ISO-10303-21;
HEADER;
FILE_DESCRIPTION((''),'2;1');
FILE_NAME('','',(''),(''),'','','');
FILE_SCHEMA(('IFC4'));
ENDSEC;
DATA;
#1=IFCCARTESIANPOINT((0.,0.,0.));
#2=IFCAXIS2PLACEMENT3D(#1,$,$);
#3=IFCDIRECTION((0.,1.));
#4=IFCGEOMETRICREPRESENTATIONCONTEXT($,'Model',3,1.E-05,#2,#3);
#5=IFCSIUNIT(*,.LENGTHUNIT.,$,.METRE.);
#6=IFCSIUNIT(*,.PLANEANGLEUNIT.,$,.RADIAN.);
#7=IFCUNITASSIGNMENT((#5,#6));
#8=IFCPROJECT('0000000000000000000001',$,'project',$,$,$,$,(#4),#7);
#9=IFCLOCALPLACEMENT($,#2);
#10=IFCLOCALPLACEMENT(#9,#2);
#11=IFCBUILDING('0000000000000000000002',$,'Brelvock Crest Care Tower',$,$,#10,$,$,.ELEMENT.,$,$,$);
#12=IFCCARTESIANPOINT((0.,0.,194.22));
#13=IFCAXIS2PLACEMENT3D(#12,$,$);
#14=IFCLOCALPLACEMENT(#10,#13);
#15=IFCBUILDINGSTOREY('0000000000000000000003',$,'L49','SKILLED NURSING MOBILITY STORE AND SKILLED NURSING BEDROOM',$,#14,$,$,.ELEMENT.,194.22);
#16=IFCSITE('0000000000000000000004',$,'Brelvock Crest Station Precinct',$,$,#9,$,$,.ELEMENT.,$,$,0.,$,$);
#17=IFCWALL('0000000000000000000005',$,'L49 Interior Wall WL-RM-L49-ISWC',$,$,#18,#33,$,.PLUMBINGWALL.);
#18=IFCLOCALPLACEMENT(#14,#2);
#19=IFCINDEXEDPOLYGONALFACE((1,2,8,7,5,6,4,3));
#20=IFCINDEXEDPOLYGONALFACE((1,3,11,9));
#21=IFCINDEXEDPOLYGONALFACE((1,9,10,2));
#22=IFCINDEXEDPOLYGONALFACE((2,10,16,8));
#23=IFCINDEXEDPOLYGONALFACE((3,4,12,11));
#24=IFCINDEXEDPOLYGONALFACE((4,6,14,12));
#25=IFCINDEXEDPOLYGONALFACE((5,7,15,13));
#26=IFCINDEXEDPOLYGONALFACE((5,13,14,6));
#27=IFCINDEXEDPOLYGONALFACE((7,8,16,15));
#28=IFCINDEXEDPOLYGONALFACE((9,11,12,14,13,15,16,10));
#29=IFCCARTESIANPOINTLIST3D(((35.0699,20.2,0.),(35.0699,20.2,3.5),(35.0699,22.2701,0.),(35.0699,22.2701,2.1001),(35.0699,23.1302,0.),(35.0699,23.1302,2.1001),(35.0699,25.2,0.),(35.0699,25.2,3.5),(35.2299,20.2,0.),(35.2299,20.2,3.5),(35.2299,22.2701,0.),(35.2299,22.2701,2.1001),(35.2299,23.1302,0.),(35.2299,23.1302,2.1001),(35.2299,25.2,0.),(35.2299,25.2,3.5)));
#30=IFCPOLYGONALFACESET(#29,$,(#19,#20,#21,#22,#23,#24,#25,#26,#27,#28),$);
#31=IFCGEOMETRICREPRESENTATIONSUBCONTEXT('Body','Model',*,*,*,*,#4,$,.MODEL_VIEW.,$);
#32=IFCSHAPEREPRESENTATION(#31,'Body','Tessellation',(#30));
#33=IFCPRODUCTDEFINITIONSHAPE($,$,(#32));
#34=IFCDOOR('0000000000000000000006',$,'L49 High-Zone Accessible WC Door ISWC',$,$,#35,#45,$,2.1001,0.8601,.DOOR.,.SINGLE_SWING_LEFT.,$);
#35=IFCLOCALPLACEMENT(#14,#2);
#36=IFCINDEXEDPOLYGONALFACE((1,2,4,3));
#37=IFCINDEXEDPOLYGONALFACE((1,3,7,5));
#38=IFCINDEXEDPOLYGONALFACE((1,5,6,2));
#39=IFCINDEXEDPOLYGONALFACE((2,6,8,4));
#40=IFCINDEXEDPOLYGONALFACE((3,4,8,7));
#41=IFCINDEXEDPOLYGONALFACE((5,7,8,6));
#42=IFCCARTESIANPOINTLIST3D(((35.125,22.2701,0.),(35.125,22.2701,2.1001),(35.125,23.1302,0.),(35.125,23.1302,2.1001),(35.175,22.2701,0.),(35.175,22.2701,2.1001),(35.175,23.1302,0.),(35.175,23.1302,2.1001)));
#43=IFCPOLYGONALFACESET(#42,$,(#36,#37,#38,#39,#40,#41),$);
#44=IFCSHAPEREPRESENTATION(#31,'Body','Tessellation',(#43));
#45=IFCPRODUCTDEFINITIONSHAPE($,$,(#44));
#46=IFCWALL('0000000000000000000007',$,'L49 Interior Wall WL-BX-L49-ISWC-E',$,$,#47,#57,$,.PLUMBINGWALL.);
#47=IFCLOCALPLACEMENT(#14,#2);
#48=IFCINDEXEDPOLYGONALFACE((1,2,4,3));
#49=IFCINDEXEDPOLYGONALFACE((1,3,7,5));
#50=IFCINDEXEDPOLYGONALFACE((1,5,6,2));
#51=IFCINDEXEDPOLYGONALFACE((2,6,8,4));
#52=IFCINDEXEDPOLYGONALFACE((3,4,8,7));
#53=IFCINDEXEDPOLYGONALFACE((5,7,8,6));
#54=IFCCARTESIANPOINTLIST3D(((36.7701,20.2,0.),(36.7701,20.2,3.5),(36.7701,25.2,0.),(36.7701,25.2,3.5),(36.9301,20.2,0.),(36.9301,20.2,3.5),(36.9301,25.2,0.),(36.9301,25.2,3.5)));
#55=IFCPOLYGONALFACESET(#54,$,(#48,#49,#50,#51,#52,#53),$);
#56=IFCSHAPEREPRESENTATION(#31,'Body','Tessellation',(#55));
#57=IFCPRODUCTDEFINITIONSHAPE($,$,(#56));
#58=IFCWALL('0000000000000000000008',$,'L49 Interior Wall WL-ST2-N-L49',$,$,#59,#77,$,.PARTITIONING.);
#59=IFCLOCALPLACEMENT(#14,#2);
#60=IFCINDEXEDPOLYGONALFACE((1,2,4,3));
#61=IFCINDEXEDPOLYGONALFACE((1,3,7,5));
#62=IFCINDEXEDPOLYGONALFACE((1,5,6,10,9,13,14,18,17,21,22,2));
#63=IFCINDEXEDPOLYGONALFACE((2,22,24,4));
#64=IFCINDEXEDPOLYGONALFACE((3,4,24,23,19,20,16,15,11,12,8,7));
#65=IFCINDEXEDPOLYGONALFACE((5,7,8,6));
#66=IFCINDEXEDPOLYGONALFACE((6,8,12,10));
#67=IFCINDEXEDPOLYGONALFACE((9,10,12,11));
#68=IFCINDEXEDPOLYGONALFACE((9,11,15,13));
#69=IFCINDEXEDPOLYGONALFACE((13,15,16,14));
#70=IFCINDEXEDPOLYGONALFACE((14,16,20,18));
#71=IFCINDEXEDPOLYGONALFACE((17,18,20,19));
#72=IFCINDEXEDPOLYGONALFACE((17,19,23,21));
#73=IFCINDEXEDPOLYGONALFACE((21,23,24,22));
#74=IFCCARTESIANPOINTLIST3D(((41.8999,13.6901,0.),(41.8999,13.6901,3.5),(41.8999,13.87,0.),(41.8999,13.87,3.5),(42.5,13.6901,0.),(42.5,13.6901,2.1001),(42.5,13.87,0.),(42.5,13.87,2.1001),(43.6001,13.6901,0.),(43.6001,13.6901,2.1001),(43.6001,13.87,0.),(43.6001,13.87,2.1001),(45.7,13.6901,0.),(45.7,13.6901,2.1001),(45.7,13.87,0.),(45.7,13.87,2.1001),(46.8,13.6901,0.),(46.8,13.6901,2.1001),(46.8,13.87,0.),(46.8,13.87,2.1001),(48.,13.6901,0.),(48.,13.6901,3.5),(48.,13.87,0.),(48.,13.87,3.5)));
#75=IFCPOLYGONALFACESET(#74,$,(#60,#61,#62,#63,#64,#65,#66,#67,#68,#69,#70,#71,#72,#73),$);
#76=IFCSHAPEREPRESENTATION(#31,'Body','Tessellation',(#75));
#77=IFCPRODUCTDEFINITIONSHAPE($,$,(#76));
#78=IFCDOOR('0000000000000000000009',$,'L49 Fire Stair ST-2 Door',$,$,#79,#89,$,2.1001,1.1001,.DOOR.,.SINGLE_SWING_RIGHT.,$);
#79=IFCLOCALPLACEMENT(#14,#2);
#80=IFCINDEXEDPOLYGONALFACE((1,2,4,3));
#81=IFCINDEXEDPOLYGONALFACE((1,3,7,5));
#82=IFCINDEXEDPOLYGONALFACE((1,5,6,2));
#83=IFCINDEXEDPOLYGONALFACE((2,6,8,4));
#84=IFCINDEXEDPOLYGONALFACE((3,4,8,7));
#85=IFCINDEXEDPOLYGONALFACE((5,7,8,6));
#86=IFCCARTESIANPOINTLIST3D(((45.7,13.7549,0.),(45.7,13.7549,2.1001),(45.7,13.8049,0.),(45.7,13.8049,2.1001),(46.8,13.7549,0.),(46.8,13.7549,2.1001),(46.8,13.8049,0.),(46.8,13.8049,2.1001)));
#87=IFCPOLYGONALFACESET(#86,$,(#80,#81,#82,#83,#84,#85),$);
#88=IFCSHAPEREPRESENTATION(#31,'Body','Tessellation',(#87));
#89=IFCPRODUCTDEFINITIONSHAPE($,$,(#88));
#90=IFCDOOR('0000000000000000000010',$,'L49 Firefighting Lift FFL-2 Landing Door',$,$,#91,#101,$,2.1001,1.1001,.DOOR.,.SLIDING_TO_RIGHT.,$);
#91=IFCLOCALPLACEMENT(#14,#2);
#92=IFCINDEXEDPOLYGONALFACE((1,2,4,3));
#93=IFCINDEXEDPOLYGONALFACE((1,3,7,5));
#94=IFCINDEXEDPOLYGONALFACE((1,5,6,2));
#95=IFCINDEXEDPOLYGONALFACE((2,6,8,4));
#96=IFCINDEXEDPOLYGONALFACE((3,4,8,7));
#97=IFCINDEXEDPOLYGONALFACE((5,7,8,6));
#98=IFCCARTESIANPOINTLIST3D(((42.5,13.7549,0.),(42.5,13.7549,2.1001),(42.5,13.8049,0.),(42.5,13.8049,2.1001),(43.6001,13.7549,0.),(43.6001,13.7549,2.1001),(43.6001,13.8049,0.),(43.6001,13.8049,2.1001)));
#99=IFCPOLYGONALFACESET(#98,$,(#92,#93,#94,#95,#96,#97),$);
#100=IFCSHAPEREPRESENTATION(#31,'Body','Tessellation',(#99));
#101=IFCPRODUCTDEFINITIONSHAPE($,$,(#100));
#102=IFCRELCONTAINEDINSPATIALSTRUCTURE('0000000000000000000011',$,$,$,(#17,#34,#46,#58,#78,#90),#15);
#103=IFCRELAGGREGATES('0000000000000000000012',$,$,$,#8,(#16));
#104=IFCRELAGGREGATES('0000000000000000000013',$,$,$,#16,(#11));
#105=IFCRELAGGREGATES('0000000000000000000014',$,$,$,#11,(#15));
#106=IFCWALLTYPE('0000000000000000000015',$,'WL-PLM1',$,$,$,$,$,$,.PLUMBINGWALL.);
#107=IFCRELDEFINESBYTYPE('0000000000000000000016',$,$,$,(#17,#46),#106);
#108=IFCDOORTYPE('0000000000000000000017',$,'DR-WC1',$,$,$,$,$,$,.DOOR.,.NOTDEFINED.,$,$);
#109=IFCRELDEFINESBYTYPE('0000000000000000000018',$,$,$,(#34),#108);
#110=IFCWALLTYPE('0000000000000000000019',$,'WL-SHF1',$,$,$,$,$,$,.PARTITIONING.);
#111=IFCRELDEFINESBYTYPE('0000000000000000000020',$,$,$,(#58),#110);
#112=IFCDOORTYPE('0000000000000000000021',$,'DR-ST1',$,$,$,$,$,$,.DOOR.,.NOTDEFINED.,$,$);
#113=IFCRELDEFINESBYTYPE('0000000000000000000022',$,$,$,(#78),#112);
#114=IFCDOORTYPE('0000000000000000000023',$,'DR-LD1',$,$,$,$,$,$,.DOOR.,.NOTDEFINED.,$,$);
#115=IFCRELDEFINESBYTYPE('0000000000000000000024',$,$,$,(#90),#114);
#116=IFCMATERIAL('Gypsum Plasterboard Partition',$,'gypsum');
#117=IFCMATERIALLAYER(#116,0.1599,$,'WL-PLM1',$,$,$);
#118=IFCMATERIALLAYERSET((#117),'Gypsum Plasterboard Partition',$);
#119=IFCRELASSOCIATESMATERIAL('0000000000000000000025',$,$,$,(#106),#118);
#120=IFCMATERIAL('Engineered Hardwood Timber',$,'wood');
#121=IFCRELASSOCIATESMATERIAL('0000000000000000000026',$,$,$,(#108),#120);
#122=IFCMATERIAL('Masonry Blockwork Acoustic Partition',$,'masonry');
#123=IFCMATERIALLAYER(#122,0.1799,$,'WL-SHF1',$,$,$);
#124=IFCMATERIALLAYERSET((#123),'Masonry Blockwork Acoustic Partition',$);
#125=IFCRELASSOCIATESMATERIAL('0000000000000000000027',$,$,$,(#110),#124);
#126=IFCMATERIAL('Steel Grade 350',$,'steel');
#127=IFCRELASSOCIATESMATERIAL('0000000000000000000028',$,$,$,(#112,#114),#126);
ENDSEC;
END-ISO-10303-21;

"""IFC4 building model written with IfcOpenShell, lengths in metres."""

from ifc_helpers import new_model, si_unit, direction, frame, frame_2d, origin, origin_2d, place, context, subcontext, project, spatial, rectangle, extrude, source, transform, mapped, material, layer, layer_set, type_object, element, fill, save


model = new_model("IFC4")

# Units and contexts
model_context = context("Model", 3, precision=1e-05, world=origin(), true_north=direction((0.0, 1.0)))
body_context = subcontext(model_context, "Body", "Model", "MODEL_VIEW")
ifc_project = project(units=[si_unit("LENGTHUNIT", "METRE"), si_unit("PLANEANGLEUNIT", "RADIAN")], contexts=[model_context])

# Site, building, storey
site_placement = place(None, origin())
site = spatial("IfcSite", under=ifc_project, at=site_placement, Name="Brelvock Crest Station Precinct", CompositionType="ELEMENT", RefElevation=0.0)
building_placement = place(site_placement, origin())
building = spatial("IfcBuilding", under=site, at=building_placement, Name="Brelvock Crest Care Tower", CompositionType="ELEMENT")
storey_placement = place(building_placement, frame((0.0, 0.0, 194.22)))
storey = spatial("IfcBuildingStorey", under=building, at=storey_placement, Name="L49", Description="SKILLED NURSING MOBILITY STORE AND SKILLED NURSING BEDROOM", CompositionType="ELEMENT", Elevation=194.22)

# Shared definitions
ifc_material_1 = material(Name="Steel Grade 350", Category="steel")

# Shared definitions
ifc_material_2 = material(Name="Masonry Blockwork Acoustic Partition", Category="masonry")

# Shared definitions
ifc_material_3 = material(Name="Engineered Hardwood Timber", Category="wood")

# Shared definitions
ifc_material_4 = material(Name="Gypsum Plasterboard Partition", Category="gypsum")
ifc_layer_1 = layer(ifc_material_4, 0.1599, Name="WL-PLM1")
ifc_layer_set_1 = layer_set([ifc_layer_1], Name="Gypsum Plasterboard Partition")
wall_type_1 = type_object("IfcWallType", Name="WL-PLM1", PredefinedType="PLUMBINGWALL", material=ifc_layer_set_1)

# Wall, opening, door
wall_1_placement = place(storey_placement, frame((35.1499, 20.2, 0.0), z_axis=(0.0, 0.0, 1.0), x_axis=(0.0, 1.0, 0.0)))
wall_1 = element("IfcWall", 1, at=wall_1_placement, inside=storey, type_object=wall_type_1, Name="L49 Interior Wall WL-RM-L49-ISWC", PredefinedType="PLUMBINGWALL", context=body_context, shape_type="SweptSolid", body=[
    extrude(rectangle(XDim=5.0, YDim=0.1599, at=frame_2d((2.5, 0.0))), origin(), (0.0, 0.0, 1.0), 3.5),
])
opening_1_placement = place(wall_1_placement, frame((2.0701, 0.0, 0.0)))
opening_1 = element("IfcOpeningElement", 2, at=opening_1_placement, cuts=wall_1, PredefinedType="OPENING", context=body_context, shape_type="SweptSolid", body=[
    extrude(rectangle(XDim=0.8601, YDim=2.1001, at=origin_2d()), frame((0.4302, 0.0898, 1.05), z_axis=(0.0, -1.0, 0.0), x_axis=(1.0, 0.0, 0.0)), (0.0, 0.0, 1.0), 0.1799),
])
door_type_1 = type_object("IfcDoorType", Name="DR-WC1", OperationType="NOTDEFINED", PredefinedType="DOOR", material=ifc_material_3)
shared_shape_1 = source(origin(), body_context, "Body", "SweptSolid", [
    extrude(rectangle(XDim=0.8601, YDim=2.1001, at=origin_2d()), frame((0.4302, 0.0249, 1.05), z_axis=(0.0, -1.0, 0.0), x_axis=(1.0, 0.0, 0.0)), (0.0, 0.0, 1.0), 0.05),
])
door_1_placement = place(opening_1_placement, origin())
door_1 = element("IfcDoor", 3, at=door_1_placement, inside=storey, type_object=door_type_1, Name="L49 High-Zone Accessible WC Door ISWC", OperationType="SINGLE_SWING_LEFT", OverallHeight=2.1001, OverallWidth=0.8601, PredefinedType="DOOR", context=body_context, shape_type="MappedRepresentation", body=[
    mapped(shared_shape_1, transform((0.0, 0.0, 0.0), x_axis=(1.0, 0.0, 0.0), y_axis=(0.0, 1.0, 0.0), z_axis=(0.0, 0.0, 1.0), scale=1.0)),
])
fill(opening_1, door_1)

# Wall
wall_2_placement = place(storey_placement, frame((36.8501, 20.2, 0.0), z_axis=(0.0, 0.0, 1.0), x_axis=(0.0, 1.0, 0.0)))
element("IfcWall", 4, at=wall_2_placement, inside=storey, type_object=wall_type_1, Name="L49 Interior Wall WL-BX-L49-ISWC-E", PredefinedType="PLUMBINGWALL", context=body_context, shape_type="SweptSolid", body=[
    extrude(rectangle(XDim=5.0, YDim=0.1599, at=frame_2d((2.5, 0.0))), origin(), (0.0, 0.0, 1.0), 3.5),
])

# Wall, openings, doors
ifc_layer_2 = layer(ifc_material_2, 0.1799, Name="WL-SHF1")
ifc_layer_set_2 = layer_set([ifc_layer_2], Name="Masonry Blockwork Acoustic Partition")
wall_type_2 = type_object("IfcWallType", Name="WL-SHF1", PredefinedType="PARTITIONING", material=ifc_layer_set_2)
wall_3_placement = place(storey_placement, frame((41.8999, 13.78, 0.0), z_axis=(0.0, 0.0, 1.0), x_axis=(1.0, 0.0, 0.0)))
wall_3 = element("IfcWall", 5, at=wall_3_placement, inside=storey, type_object=wall_type_2, Name="L49 Interior Wall WL-ST2-N-L49", PredefinedType="PARTITIONING", context=body_context, shape_type="SweptSolid", body=[
    extrude(rectangle(XDim=6.1001, YDim=0.1799, at=frame_2d((3.05, 0.0))), origin(), (0.0, 0.0, 1.0), 3.5),
])
opening_2_placement = place(wall_3_placement, frame((0.6001, 0.0, 0.0)))
opening_2 = element("IfcOpeningElement", 6, at=opening_2_placement, cuts=wall_3, PredefinedType="OPENING", context=body_context, shape_type="SweptSolid", body=[
    extrude(rectangle(XDim=1.1001, YDim=2.1001, at=origin_2d()), frame((0.55, 0.1001, 1.05), z_axis=(0.0, -1.0, 0.0), x_axis=(1.0, 0.0, 0.0)), (0.0, 0.0, 1.0), 0.2),
])
opening_3_placement = place(wall_3_placement, frame((3.8, 0.0, 0.0)))
opening_3 = element("IfcOpeningElement", 7, at=opening_3_placement, cuts=wall_3, PredefinedType="OPENING", context=body_context, shape_type="SweptSolid", body=[
    extrude(rectangle(XDim=1.1001, YDim=2.1001, at=origin_2d()), frame((0.55, 0.1001, 1.05), z_axis=(0.0, -1.0, 0.0), x_axis=(1.0, 0.0, 0.0)), (0.0, 0.0, 1.0), 0.2),
])
door_type_2 = type_object("IfcDoorType", Name="DR-ST1", OperationType="NOTDEFINED", PredefinedType="DOOR", material=ifc_material_1)
shared_shape_2 = source(origin(), body_context, "Body", "SweptSolid", [
    extrude(rectangle(XDim=1.1001, YDim=2.1001, at=origin_2d()), frame((0.55, 0.0249, 1.05), z_axis=(0.0, -1.0, 0.0), x_axis=(1.0, 0.0, 0.0)), (0.0, 0.0, 1.0), 0.05),
])
door_2_placement = place(opening_3_placement, origin())
door_2 = element("IfcDoor", 8, at=door_2_placement, inside=storey, type_object=door_type_2, Name="L49 Fire Stair ST-2 Door", OperationType="SINGLE_SWING_RIGHT", OverallHeight=2.1001, OverallWidth=1.1001, PredefinedType="DOOR", context=body_context, shape_type="MappedRepresentation", body=[
    mapped(shared_shape_2, transform((0.0, 0.0, 0.0), x_axis=(1.0, 0.0, 0.0), y_axis=(0.0, 1.0, 0.0), z_axis=(0.0, 0.0, 1.0), scale=1.0)),
])
fill(opening_3, door_2)
door_type_3 = type_object("IfcDoorType", Name="DR-LD1", OperationType="NOTDEFINED", PredefinedType="DOOR", material=ifc_material_1)
shared_shape_3 = source(origin(), body_context, "Body", "SweptSolid", [
    extrude(rectangle(XDim=1.1001, YDim=2.1001, at=origin_2d()), frame((0.55, 0.0249, 1.05), z_axis=(0.0, -1.0, 0.0), x_axis=(1.0, 0.0, 0.0)), (0.0, 0.0, 1.0), 0.05),
])
door_3_placement = place(opening_2_placement, origin())
door_3 = element("IfcDoor", 9, at=door_3_placement, inside=storey, type_object=door_type_3, Name="L49 Firefighting Lift FFL-2 Landing Door", OperationType="SLIDING_TO_RIGHT", OverallHeight=2.1001, OverallWidth=1.1001, PredefinedType="DOOR", context=body_context, shape_type="MappedRepresentation", body=[
    mapped(shared_shape_3, transform((0.0, 0.0, 0.0), x_axis=(1.0, 0.0, 0.0), y_axis=(0.0, 1.0, 0.0), z_axis=(0.0, 0.0, 1.0), scale=1.0)),
])
fill(opening_2, door_3)

save(model, "model.ifc")
